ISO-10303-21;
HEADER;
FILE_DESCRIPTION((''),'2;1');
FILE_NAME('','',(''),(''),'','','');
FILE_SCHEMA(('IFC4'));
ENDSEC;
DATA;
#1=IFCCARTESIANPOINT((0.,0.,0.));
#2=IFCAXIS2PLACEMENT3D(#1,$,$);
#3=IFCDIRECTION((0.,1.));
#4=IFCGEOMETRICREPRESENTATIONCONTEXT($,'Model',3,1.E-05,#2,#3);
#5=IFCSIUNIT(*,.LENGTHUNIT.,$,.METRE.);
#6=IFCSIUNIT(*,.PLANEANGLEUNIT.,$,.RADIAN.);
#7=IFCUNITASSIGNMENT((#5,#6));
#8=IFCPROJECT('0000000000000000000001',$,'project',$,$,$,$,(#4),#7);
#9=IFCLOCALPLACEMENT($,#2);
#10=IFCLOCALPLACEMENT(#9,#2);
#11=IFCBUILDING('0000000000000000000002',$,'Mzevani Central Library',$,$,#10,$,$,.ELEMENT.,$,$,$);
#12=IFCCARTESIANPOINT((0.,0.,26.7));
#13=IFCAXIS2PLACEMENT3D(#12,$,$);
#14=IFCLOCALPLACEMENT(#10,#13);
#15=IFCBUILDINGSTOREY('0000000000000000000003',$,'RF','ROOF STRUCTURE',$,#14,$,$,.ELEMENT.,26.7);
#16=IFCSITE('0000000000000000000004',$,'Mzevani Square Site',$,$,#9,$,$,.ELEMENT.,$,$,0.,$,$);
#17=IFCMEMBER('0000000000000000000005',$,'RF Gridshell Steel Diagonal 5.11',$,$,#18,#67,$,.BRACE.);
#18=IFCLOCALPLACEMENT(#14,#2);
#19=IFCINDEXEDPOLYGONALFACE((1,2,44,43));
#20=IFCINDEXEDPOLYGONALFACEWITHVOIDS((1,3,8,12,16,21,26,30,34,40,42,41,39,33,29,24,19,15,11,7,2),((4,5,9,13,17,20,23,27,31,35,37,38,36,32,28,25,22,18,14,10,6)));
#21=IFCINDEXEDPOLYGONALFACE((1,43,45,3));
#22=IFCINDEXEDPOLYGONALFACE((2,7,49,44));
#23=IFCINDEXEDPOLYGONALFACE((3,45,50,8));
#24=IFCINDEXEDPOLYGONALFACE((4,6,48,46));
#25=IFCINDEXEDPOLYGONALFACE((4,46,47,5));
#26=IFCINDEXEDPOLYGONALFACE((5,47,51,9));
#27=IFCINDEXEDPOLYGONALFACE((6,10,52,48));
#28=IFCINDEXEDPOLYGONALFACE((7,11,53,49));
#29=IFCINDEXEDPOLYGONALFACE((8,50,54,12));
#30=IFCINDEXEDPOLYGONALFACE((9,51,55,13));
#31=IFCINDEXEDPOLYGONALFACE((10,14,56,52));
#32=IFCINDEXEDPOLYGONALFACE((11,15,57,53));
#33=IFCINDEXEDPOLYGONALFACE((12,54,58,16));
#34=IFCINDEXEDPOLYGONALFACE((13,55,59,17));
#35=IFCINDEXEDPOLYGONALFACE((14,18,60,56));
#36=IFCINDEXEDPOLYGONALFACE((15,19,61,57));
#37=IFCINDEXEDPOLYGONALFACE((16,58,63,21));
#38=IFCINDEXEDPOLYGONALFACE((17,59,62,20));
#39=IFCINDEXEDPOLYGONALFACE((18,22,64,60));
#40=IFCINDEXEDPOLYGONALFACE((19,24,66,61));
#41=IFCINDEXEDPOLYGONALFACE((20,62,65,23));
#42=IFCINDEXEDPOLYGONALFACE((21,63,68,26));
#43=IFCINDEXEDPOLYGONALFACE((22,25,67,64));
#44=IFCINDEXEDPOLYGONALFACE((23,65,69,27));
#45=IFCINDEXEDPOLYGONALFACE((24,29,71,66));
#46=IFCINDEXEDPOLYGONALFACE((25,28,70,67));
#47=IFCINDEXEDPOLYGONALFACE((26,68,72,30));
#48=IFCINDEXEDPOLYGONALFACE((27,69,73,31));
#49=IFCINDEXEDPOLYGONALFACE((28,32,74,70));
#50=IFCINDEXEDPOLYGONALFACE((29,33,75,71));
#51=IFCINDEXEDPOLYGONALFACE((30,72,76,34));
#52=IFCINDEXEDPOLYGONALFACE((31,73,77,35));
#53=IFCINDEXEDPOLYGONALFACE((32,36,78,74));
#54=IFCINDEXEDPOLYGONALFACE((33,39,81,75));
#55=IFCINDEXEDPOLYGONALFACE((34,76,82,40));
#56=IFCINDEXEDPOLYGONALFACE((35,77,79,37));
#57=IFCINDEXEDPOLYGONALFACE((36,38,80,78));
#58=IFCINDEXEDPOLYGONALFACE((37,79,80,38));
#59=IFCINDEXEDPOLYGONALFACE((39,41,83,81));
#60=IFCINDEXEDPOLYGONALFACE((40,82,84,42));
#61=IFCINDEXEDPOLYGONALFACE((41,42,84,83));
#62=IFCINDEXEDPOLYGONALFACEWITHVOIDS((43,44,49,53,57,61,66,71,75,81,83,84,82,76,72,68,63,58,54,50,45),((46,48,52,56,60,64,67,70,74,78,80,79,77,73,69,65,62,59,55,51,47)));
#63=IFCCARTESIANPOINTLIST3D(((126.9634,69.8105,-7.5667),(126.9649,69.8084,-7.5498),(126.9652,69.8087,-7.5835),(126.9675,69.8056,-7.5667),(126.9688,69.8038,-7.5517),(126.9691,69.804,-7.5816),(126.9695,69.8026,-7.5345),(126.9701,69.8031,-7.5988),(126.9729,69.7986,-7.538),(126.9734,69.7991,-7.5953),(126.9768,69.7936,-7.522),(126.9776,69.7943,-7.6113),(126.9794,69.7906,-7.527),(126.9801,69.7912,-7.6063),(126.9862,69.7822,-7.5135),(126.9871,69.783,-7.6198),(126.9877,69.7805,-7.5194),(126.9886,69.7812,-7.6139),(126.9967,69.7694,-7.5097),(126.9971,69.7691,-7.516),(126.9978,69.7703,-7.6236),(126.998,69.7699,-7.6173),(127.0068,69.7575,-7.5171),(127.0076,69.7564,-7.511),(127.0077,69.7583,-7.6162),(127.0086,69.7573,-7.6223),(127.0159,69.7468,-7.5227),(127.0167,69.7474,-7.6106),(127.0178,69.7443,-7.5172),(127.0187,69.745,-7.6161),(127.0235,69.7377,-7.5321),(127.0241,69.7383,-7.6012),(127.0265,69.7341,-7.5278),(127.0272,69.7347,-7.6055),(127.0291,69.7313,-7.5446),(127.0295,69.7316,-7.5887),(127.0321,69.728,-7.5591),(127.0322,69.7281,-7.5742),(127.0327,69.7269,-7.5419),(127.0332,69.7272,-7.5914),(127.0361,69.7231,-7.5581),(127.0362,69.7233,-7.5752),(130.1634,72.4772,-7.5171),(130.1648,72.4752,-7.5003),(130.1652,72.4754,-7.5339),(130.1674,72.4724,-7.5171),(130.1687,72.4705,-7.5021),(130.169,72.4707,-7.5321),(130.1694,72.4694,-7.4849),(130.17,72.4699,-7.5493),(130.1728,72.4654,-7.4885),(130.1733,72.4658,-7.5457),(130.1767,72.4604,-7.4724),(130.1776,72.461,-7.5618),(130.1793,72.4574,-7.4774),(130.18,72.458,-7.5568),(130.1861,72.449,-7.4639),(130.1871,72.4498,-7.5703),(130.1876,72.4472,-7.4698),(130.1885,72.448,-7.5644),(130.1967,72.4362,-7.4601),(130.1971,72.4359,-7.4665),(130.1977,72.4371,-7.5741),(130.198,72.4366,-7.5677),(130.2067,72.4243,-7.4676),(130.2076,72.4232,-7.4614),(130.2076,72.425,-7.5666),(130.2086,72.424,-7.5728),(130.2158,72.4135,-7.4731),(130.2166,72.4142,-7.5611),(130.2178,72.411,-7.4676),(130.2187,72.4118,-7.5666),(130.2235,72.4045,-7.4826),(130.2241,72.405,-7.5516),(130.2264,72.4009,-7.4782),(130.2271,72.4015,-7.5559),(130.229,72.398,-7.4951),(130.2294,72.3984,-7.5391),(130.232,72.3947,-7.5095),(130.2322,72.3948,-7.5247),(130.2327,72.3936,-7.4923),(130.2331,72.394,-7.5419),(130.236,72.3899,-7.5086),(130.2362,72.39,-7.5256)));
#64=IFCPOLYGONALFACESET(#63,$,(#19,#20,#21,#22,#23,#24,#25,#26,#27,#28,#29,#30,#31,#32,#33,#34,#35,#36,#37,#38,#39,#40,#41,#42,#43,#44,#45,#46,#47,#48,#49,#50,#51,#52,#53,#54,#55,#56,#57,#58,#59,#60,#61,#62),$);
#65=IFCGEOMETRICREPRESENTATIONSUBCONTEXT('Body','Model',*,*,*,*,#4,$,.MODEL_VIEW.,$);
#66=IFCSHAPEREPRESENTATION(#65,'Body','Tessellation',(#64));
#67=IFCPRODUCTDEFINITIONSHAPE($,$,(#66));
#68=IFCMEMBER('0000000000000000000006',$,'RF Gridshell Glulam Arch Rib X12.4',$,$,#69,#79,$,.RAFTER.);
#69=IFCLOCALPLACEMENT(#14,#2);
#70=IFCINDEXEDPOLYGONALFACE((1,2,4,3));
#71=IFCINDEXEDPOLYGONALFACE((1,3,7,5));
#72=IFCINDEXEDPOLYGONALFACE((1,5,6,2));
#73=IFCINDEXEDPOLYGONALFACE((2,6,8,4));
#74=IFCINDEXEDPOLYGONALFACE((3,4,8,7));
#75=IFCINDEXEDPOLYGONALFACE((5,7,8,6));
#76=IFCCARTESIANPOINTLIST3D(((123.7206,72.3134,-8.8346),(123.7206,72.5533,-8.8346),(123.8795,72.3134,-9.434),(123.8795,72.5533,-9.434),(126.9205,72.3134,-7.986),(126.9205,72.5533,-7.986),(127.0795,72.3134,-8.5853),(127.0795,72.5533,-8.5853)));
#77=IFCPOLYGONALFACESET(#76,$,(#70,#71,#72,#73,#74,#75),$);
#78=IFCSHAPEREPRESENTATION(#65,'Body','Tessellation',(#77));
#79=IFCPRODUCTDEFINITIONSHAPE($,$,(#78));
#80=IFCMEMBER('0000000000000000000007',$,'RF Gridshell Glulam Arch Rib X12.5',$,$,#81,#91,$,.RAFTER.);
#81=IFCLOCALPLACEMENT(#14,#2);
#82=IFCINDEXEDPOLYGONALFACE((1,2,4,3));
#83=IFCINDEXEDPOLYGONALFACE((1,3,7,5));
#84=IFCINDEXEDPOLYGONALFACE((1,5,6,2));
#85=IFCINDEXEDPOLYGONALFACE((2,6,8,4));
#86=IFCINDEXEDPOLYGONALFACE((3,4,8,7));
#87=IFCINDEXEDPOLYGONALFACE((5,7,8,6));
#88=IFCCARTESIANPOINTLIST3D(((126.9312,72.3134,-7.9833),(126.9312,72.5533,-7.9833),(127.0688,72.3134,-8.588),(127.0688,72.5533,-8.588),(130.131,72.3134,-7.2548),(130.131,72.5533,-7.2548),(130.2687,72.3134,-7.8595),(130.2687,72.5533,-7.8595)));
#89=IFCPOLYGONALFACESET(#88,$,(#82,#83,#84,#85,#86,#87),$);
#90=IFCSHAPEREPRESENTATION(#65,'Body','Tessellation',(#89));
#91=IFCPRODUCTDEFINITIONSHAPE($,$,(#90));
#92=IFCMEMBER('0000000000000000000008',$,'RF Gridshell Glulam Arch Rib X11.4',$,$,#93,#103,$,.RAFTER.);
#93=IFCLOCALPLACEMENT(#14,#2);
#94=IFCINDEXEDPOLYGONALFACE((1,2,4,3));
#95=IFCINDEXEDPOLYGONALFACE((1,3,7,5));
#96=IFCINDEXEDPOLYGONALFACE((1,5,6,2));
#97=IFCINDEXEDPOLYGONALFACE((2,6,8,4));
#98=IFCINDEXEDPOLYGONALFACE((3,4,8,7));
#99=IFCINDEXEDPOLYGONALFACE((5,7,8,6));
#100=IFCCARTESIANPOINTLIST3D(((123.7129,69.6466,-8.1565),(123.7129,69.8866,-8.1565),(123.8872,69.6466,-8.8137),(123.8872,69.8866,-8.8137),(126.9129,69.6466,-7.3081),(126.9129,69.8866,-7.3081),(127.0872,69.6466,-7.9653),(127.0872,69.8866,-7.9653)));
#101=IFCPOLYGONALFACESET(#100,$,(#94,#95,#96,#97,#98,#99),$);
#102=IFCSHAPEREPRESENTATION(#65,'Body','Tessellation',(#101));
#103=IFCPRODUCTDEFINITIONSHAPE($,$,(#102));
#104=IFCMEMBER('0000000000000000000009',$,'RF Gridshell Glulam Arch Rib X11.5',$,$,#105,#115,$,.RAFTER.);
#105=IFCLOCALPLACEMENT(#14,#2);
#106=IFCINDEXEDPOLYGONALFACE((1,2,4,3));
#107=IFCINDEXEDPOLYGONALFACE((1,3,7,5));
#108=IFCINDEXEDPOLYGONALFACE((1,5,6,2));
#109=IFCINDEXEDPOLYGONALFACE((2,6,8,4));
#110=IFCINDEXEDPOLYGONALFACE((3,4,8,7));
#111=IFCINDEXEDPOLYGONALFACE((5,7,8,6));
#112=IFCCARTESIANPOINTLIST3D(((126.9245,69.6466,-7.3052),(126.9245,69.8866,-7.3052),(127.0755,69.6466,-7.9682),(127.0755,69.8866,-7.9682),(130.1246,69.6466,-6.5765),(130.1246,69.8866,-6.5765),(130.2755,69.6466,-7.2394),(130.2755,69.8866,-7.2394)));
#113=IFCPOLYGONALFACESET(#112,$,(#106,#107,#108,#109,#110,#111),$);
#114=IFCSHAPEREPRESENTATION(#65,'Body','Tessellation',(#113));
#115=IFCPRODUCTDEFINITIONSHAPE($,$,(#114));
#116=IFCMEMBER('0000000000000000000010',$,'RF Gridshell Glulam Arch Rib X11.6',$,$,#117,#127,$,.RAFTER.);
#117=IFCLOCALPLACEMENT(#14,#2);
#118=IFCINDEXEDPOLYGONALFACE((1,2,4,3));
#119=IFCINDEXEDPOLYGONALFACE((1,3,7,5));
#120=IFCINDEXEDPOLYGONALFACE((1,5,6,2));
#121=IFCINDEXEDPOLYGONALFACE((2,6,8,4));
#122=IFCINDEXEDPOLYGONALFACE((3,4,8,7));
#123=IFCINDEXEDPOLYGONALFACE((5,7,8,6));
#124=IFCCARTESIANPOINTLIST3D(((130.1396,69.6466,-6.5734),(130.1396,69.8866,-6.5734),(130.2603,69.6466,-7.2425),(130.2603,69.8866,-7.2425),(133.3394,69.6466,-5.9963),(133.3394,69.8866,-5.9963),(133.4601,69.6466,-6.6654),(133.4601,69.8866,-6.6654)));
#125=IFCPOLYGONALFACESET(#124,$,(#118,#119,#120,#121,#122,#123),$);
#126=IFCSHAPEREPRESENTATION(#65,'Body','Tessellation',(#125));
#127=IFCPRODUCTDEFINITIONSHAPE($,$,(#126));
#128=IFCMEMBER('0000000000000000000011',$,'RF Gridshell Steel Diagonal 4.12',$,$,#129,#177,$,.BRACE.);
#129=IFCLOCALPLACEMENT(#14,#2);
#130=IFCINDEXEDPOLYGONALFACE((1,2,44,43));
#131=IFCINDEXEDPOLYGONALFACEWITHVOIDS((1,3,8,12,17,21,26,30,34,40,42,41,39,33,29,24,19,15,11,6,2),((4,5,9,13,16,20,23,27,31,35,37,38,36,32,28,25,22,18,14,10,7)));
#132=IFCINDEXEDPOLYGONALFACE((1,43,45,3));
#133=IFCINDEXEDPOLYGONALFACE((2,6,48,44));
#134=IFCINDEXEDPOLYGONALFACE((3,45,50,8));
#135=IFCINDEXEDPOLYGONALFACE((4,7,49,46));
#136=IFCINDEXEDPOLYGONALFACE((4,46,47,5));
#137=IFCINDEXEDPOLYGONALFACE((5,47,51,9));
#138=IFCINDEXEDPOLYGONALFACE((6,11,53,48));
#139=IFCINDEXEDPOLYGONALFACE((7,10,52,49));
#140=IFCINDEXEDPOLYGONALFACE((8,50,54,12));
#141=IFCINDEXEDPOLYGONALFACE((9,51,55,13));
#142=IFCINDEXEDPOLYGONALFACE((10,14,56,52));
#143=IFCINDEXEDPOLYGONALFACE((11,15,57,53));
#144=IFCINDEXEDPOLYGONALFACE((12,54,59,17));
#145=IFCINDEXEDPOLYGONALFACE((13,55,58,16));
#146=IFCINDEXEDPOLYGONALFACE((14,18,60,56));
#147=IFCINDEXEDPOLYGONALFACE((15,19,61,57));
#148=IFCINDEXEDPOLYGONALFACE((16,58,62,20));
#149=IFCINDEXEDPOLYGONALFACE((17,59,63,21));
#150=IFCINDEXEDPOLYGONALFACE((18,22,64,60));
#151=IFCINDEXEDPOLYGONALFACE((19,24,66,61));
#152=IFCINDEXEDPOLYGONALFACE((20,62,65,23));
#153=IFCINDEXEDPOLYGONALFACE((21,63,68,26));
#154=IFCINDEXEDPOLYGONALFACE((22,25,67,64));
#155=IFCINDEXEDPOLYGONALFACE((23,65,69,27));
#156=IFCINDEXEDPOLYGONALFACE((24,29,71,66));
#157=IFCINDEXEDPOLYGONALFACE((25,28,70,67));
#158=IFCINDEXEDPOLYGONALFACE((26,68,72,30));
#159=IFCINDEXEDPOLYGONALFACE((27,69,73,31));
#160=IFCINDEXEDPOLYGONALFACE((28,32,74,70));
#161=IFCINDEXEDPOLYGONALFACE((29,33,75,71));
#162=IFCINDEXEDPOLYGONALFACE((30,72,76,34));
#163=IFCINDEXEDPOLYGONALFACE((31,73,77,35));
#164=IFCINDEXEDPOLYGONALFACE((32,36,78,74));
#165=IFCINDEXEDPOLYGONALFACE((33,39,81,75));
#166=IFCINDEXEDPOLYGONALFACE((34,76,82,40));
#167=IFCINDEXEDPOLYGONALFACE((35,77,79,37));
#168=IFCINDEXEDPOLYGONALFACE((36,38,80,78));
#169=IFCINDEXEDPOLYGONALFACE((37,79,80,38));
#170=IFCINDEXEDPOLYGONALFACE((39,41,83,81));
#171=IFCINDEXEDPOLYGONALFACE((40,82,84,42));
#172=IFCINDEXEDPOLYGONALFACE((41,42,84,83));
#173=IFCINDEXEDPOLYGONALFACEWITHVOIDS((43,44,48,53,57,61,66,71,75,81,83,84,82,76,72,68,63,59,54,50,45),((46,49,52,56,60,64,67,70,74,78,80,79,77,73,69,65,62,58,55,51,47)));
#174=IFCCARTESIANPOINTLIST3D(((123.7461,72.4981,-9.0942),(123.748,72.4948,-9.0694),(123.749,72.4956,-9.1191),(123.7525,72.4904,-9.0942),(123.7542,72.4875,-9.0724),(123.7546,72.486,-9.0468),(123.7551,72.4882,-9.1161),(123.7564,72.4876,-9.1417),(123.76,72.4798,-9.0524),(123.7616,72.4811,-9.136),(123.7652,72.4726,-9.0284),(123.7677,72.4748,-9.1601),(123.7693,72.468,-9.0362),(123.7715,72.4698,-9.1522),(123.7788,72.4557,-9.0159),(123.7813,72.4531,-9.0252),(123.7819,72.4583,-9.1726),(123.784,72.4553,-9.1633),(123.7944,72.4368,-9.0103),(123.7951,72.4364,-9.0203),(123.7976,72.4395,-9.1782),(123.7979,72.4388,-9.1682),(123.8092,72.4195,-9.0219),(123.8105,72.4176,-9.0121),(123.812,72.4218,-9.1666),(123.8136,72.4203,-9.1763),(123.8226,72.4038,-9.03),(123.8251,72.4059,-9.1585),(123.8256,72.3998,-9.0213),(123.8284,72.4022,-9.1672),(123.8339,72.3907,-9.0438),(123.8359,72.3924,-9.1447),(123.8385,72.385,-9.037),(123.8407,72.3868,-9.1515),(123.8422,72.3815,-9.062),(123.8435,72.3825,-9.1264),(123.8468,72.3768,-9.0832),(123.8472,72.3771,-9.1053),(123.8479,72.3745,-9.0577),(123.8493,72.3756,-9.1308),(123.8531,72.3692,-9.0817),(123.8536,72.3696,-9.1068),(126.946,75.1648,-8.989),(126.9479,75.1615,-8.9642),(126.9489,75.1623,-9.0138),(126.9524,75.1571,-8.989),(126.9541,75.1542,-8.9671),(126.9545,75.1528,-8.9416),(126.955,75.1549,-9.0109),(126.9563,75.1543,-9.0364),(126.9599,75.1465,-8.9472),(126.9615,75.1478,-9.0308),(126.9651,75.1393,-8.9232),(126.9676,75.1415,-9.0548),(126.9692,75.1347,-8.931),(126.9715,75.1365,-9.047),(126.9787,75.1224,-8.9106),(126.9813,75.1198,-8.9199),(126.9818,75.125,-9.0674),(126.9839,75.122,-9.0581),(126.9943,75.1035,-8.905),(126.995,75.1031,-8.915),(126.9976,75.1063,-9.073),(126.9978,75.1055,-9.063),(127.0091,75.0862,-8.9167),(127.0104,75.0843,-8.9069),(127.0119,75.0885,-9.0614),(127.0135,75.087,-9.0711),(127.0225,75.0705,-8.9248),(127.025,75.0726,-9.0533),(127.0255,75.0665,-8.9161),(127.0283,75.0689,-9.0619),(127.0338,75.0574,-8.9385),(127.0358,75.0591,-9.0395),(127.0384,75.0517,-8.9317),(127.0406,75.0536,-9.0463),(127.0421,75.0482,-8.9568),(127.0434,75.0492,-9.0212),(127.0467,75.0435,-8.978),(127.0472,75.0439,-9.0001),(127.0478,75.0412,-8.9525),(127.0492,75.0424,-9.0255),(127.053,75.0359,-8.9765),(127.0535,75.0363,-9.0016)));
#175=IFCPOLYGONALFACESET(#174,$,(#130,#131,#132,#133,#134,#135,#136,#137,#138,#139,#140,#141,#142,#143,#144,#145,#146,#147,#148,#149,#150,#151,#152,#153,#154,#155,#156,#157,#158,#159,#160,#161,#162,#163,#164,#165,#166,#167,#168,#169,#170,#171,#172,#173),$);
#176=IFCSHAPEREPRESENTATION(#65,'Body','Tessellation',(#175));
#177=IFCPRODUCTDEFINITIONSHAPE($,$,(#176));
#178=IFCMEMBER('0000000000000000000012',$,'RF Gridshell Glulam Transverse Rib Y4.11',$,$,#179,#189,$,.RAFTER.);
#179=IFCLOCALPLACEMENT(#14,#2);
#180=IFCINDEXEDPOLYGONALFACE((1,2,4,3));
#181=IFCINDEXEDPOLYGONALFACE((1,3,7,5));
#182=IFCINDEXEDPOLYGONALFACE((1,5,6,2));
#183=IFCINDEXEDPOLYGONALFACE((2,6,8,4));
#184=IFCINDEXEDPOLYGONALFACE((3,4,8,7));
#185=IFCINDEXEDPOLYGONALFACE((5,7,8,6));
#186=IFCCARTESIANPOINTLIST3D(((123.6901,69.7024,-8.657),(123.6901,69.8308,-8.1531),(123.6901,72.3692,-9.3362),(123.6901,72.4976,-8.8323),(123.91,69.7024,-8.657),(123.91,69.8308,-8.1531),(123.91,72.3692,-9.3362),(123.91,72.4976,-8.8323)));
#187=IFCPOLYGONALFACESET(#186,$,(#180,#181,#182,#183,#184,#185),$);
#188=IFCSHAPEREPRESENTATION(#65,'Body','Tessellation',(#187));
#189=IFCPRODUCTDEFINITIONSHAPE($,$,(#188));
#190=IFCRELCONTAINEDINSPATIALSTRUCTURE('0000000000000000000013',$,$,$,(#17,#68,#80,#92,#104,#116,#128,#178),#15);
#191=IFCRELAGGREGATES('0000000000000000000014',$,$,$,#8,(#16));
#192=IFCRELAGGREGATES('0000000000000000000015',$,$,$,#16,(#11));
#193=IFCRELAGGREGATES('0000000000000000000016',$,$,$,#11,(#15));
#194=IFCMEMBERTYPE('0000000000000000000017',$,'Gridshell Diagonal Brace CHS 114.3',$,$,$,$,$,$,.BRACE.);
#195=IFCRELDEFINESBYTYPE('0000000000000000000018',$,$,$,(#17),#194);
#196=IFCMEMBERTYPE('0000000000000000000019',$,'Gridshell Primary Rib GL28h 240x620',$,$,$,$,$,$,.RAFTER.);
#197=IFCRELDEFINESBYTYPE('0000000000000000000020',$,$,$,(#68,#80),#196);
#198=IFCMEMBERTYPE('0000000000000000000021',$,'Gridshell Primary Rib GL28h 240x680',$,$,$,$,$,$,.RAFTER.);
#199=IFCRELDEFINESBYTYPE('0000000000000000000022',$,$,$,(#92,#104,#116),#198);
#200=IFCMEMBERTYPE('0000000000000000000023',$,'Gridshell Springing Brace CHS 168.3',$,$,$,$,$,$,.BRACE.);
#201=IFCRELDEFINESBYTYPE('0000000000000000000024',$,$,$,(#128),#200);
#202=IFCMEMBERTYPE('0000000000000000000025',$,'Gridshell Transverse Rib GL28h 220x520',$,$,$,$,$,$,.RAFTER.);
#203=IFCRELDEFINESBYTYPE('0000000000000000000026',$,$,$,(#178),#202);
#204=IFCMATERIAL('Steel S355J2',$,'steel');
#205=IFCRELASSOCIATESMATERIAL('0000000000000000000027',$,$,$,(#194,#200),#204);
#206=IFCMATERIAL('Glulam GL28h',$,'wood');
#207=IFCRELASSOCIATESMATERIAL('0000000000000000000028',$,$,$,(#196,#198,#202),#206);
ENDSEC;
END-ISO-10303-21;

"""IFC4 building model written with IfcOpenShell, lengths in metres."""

from ifc_helpers import new_model, si_unit, direction, frame, origin, origin_2d, place, context, subcontext, project, spatial, rectangle, hollow_circle, extrude, material, material_profile, profile_set, type_object, element, save


model = new_model("IFC4")

# Units and contexts
model_context = context("Model", 3, precision=1e-05, world=origin(), true_north=direction((0.0, 1.0)))
body_context = subcontext(model_context, "Body", "Model", "MODEL_VIEW")
ifc_project = project(units=[si_unit("LENGTHUNIT", "METRE"), si_unit("PLANEANGLEUNIT", "RADIAN")], contexts=[model_context])

# Site, building, storey
site_placement = place(None, origin())
site = spatial("IfcSite", under=ifc_project, at=site_placement, Name="Mzevani Square Site", CompositionType="ELEMENT", RefElevation=0.0)
building_placement = place(site_placement, origin())
building = spatial("IfcBuilding", under=site, at=building_placement, Name="Mzevani Central Library", CompositionType="ELEMENT")
storey_placement = place(building_placement, frame((0.0, 0.0, 26.7)))
storey = spatial("IfcBuildingStorey", under=building, at=storey_placement, Name="RF", Description="ROOF STRUCTURE", CompositionType="ELEMENT", Elevation=26.7)

# Members
ifc_material_1 = material(Name="Steel S355J2", Category="steel")
ifc_material_profile_1 = material_profile(ifc_material_1, hollow_circle(Radius=0.0571, WallThickness=0.0063, at=origin_2d()), Name="CHS 114.3x6.3")
ifc_profile_set_1 = profile_set([ifc_material_profile_1], Name="Steel S355J2")
member_type_1 = type_object("IfcMemberType", Name="Gridshell Diagonal Brace CHS 114.3", PredefinedType="BRACE", material=ifc_profile_set_1)
member_1_placement = place(storey_placement, frame((127.0, 69.7666, -7.5667), z_axis=(0.768152, 0.640156, 0.011897), x_axis=(-0.640202, 0.768207, 0.0)))
element("IfcMember", 1, at=member_1_placement, inside=storey, type_object=member_type_1, Name="RF Gridshell Steel Diagonal 5.11", PredefinedType="BRACE", context=body_context, shape_type="SweptSolid", body=[
    extrude(hollow_circle(Radius=0.0571, WallThickness=0.0063, at=origin_2d()), origin(), (0.0, 0.0, 1.0), 4.1658),
])
ifc_material_2 = material(Name="Glulam GL28h", Category="wood")
ifc_material_profile_2 = material_profile(ifc_material_2, rectangle(XDim=0.24, YDim=0.6201, at=origin_2d()), Name="GL28h 240x620")
ifc_profile_set_2 = profile_set([ifc_material_profile_2], Name="Glulam GL28h")
member_type_2 = type_object("IfcMemberType", Name="Gridshell Primary Rib GL28h 240x620", PredefinedType="RAFTER", material=ifc_profile_set_2)
member_2_placement = place(storey_placement, frame((123.8, 72.4333, -9.1343), z_axis=(0.966587, 0.0, 0.25634), x_axis=(0.0, 1.0, 0.0)))
element("IfcMember", 2, at=member_2_placement, inside=storey, type_object=member_type_2, Name="RF Gridshell Glulam Arch Rib X12.4", PredefinedType="RAFTER", context=body_context, shape_type="SweptSolid", body=[
    extrude(rectangle(XDim=0.24, YDim=0.6201, at=origin_2d()), origin(), (0.0, 0.0, 1.0), 3.3105),
])
member_3_placement = place(storey_placement, frame((127.0, 72.4333, -8.2856), z_axis=(0.97505, 0.0, 0.221984), x_axis=(0.0, 1.0, 0.0)))
element("IfcMember", 3, at=member_3_placement, inside=storey, type_object=member_type_2, Name="RF Gridshell Glulam Arch Rib X12.5", PredefinedType="RAFTER", context=body_context, shape_type="SweptSolid", body=[
    extrude(rectangle(XDim=0.24, YDim=0.6201, at=origin_2d()), origin(), (0.0, 0.0, 1.0), 3.2817),
])
ifc_material_profile_3 = material_profile(ifc_material_2, rectangle(XDim=0.24, YDim=0.6799, at=origin_2d()), Name="GL28h 240x680")
ifc_profile_set_3 = profile_set([ifc_material_profile_3], Name="Glulam GL28h")
member_type_3 = type_object("IfcMemberType", Name="Gridshell Primary Rib GL28h 240x680", PredefinedType="RAFTER", material=ifc_profile_set_3)
member_4_placement = place(storey_placement, frame((123.8, 69.7666, -8.4851), z_axis=(0.966605, 0.0, 0.256272), x_axis=(0.0, 1.0, 0.0)))
element("IfcMember", 4, at=member_4_placement, inside=storey, type_object=member_type_3, Name="RF Gridshell Glulam Arch Rib X11.4", PredefinedType="RAFTER", context=body_context, shape_type="SweptSolid", body=[
    extrude(rectangle(XDim=0.24, YDim=0.6799, at=origin_2d()), origin(), (0.0, 0.0, 1.0), 3.3105),
])
member_5_placement = place(storey_placement, frame((127.0, 69.7666, -7.6367), z_axis=(0.975034, 0.0, 0.222055), x_axis=(0.0, 1.0, 0.0)))
element("IfcMember", 5, at=member_5_placement, inside=storey, type_object=member_type_3, Name="RF Gridshell Glulam Arch Rib X11.5", PredefinedType="RAFTER", context=body_context, shape_type="SweptSolid", body=[
    extrude(rectangle(XDim=0.24, YDim=0.6799, at=origin_2d()), origin(), (0.0, 0.0, 1.0), 3.282),
])
member_6_placement = place(storey_placement, frame((130.2, 69.7666, -6.908), z_axis=(0.984121, 0.0, 0.177498), x_axis=(0.0, 1.0, 0.0)))
element("IfcMember", 6, at=member_6_placement, inside=storey, type_object=member_type_3, Name="RF Gridshell Glulam Arch Rib X11.6", PredefinedType="RAFTER", context=body_context, shape_type="SweptSolid", body=[
    extrude(rectangle(XDim=0.24, YDim=0.6799, at=origin_2d()), origin(), (0.0, 0.0, 1.0), 3.2515),
])
ifc_material_profile_4 = material_profile(ifc_material_1, hollow_circle(Radius=0.0842, WallThickness=0.01, at=origin_2d()), Name="CHS 168.3x10.0")
ifc_profile_set_4 = profile_set([ifc_material_profile_4], Name="Steel S355J2")
member_type_4 = type_object("IfcMemberType", Name="Gridshell Springing Brace CHS 168.3", PredefinedType="BRACE", material=ifc_profile_set_4)
member_7_placement = place(storey_placement, frame((123.8, 72.4333, -9.0942), z_axis=(0.767962, 0.639998, 0.025253), x_axis=(-0.640202, 0.768207, 0.0)))
element("IfcMember", 7, at=member_7_placement, inside=storey, type_object=member_type_4, Name="RF Gridshell Steel Diagonal 4.12", PredefinedType="BRACE", context=body_context, shape_type="SweptSolid", body=[
    extrude(hollow_circle(Radius=0.0842, WallThickness=0.01, at=origin_2d()), origin(), (0.0, 0.0, 1.0), 4.1667),
])
ifc_material_profile_5 = material_profile(ifc_material_2, rectangle(XDim=0.22, YDim=0.52, at=origin_2d()), Name="GL28h 220x520")
ifc_profile_set_5 = profile_set([ifc_material_profile_5], Name="Glulam GL28h")
member_type_5 = type_object("IfcMemberType", Name="Gridshell Transverse Rib GL28h 220x520", PredefinedType="RAFTER", material=ifc_profile_set_5)
member_8_placement = place(storey_placement, frame((123.8, 69.7666, -8.405), z_axis=(0.0, 0.969063, -0.246813), x_axis=(-1.0, 0.0, 0.0)))
element("IfcMember", 8, at=member_8_placement, inside=storey, type_object=member_type_5, Name="RF Gridshell Glulam Transverse Rib Y4.11", PredefinedType="RAFTER", context=body_context, shape_type="SweptSolid", body=[
    extrude(rectangle(XDim=0.22, YDim=0.52, at=origin_2d()), origin(), (0.0, 0.0, 1.0), 2.752),
])

save(model, "model.ifc")
